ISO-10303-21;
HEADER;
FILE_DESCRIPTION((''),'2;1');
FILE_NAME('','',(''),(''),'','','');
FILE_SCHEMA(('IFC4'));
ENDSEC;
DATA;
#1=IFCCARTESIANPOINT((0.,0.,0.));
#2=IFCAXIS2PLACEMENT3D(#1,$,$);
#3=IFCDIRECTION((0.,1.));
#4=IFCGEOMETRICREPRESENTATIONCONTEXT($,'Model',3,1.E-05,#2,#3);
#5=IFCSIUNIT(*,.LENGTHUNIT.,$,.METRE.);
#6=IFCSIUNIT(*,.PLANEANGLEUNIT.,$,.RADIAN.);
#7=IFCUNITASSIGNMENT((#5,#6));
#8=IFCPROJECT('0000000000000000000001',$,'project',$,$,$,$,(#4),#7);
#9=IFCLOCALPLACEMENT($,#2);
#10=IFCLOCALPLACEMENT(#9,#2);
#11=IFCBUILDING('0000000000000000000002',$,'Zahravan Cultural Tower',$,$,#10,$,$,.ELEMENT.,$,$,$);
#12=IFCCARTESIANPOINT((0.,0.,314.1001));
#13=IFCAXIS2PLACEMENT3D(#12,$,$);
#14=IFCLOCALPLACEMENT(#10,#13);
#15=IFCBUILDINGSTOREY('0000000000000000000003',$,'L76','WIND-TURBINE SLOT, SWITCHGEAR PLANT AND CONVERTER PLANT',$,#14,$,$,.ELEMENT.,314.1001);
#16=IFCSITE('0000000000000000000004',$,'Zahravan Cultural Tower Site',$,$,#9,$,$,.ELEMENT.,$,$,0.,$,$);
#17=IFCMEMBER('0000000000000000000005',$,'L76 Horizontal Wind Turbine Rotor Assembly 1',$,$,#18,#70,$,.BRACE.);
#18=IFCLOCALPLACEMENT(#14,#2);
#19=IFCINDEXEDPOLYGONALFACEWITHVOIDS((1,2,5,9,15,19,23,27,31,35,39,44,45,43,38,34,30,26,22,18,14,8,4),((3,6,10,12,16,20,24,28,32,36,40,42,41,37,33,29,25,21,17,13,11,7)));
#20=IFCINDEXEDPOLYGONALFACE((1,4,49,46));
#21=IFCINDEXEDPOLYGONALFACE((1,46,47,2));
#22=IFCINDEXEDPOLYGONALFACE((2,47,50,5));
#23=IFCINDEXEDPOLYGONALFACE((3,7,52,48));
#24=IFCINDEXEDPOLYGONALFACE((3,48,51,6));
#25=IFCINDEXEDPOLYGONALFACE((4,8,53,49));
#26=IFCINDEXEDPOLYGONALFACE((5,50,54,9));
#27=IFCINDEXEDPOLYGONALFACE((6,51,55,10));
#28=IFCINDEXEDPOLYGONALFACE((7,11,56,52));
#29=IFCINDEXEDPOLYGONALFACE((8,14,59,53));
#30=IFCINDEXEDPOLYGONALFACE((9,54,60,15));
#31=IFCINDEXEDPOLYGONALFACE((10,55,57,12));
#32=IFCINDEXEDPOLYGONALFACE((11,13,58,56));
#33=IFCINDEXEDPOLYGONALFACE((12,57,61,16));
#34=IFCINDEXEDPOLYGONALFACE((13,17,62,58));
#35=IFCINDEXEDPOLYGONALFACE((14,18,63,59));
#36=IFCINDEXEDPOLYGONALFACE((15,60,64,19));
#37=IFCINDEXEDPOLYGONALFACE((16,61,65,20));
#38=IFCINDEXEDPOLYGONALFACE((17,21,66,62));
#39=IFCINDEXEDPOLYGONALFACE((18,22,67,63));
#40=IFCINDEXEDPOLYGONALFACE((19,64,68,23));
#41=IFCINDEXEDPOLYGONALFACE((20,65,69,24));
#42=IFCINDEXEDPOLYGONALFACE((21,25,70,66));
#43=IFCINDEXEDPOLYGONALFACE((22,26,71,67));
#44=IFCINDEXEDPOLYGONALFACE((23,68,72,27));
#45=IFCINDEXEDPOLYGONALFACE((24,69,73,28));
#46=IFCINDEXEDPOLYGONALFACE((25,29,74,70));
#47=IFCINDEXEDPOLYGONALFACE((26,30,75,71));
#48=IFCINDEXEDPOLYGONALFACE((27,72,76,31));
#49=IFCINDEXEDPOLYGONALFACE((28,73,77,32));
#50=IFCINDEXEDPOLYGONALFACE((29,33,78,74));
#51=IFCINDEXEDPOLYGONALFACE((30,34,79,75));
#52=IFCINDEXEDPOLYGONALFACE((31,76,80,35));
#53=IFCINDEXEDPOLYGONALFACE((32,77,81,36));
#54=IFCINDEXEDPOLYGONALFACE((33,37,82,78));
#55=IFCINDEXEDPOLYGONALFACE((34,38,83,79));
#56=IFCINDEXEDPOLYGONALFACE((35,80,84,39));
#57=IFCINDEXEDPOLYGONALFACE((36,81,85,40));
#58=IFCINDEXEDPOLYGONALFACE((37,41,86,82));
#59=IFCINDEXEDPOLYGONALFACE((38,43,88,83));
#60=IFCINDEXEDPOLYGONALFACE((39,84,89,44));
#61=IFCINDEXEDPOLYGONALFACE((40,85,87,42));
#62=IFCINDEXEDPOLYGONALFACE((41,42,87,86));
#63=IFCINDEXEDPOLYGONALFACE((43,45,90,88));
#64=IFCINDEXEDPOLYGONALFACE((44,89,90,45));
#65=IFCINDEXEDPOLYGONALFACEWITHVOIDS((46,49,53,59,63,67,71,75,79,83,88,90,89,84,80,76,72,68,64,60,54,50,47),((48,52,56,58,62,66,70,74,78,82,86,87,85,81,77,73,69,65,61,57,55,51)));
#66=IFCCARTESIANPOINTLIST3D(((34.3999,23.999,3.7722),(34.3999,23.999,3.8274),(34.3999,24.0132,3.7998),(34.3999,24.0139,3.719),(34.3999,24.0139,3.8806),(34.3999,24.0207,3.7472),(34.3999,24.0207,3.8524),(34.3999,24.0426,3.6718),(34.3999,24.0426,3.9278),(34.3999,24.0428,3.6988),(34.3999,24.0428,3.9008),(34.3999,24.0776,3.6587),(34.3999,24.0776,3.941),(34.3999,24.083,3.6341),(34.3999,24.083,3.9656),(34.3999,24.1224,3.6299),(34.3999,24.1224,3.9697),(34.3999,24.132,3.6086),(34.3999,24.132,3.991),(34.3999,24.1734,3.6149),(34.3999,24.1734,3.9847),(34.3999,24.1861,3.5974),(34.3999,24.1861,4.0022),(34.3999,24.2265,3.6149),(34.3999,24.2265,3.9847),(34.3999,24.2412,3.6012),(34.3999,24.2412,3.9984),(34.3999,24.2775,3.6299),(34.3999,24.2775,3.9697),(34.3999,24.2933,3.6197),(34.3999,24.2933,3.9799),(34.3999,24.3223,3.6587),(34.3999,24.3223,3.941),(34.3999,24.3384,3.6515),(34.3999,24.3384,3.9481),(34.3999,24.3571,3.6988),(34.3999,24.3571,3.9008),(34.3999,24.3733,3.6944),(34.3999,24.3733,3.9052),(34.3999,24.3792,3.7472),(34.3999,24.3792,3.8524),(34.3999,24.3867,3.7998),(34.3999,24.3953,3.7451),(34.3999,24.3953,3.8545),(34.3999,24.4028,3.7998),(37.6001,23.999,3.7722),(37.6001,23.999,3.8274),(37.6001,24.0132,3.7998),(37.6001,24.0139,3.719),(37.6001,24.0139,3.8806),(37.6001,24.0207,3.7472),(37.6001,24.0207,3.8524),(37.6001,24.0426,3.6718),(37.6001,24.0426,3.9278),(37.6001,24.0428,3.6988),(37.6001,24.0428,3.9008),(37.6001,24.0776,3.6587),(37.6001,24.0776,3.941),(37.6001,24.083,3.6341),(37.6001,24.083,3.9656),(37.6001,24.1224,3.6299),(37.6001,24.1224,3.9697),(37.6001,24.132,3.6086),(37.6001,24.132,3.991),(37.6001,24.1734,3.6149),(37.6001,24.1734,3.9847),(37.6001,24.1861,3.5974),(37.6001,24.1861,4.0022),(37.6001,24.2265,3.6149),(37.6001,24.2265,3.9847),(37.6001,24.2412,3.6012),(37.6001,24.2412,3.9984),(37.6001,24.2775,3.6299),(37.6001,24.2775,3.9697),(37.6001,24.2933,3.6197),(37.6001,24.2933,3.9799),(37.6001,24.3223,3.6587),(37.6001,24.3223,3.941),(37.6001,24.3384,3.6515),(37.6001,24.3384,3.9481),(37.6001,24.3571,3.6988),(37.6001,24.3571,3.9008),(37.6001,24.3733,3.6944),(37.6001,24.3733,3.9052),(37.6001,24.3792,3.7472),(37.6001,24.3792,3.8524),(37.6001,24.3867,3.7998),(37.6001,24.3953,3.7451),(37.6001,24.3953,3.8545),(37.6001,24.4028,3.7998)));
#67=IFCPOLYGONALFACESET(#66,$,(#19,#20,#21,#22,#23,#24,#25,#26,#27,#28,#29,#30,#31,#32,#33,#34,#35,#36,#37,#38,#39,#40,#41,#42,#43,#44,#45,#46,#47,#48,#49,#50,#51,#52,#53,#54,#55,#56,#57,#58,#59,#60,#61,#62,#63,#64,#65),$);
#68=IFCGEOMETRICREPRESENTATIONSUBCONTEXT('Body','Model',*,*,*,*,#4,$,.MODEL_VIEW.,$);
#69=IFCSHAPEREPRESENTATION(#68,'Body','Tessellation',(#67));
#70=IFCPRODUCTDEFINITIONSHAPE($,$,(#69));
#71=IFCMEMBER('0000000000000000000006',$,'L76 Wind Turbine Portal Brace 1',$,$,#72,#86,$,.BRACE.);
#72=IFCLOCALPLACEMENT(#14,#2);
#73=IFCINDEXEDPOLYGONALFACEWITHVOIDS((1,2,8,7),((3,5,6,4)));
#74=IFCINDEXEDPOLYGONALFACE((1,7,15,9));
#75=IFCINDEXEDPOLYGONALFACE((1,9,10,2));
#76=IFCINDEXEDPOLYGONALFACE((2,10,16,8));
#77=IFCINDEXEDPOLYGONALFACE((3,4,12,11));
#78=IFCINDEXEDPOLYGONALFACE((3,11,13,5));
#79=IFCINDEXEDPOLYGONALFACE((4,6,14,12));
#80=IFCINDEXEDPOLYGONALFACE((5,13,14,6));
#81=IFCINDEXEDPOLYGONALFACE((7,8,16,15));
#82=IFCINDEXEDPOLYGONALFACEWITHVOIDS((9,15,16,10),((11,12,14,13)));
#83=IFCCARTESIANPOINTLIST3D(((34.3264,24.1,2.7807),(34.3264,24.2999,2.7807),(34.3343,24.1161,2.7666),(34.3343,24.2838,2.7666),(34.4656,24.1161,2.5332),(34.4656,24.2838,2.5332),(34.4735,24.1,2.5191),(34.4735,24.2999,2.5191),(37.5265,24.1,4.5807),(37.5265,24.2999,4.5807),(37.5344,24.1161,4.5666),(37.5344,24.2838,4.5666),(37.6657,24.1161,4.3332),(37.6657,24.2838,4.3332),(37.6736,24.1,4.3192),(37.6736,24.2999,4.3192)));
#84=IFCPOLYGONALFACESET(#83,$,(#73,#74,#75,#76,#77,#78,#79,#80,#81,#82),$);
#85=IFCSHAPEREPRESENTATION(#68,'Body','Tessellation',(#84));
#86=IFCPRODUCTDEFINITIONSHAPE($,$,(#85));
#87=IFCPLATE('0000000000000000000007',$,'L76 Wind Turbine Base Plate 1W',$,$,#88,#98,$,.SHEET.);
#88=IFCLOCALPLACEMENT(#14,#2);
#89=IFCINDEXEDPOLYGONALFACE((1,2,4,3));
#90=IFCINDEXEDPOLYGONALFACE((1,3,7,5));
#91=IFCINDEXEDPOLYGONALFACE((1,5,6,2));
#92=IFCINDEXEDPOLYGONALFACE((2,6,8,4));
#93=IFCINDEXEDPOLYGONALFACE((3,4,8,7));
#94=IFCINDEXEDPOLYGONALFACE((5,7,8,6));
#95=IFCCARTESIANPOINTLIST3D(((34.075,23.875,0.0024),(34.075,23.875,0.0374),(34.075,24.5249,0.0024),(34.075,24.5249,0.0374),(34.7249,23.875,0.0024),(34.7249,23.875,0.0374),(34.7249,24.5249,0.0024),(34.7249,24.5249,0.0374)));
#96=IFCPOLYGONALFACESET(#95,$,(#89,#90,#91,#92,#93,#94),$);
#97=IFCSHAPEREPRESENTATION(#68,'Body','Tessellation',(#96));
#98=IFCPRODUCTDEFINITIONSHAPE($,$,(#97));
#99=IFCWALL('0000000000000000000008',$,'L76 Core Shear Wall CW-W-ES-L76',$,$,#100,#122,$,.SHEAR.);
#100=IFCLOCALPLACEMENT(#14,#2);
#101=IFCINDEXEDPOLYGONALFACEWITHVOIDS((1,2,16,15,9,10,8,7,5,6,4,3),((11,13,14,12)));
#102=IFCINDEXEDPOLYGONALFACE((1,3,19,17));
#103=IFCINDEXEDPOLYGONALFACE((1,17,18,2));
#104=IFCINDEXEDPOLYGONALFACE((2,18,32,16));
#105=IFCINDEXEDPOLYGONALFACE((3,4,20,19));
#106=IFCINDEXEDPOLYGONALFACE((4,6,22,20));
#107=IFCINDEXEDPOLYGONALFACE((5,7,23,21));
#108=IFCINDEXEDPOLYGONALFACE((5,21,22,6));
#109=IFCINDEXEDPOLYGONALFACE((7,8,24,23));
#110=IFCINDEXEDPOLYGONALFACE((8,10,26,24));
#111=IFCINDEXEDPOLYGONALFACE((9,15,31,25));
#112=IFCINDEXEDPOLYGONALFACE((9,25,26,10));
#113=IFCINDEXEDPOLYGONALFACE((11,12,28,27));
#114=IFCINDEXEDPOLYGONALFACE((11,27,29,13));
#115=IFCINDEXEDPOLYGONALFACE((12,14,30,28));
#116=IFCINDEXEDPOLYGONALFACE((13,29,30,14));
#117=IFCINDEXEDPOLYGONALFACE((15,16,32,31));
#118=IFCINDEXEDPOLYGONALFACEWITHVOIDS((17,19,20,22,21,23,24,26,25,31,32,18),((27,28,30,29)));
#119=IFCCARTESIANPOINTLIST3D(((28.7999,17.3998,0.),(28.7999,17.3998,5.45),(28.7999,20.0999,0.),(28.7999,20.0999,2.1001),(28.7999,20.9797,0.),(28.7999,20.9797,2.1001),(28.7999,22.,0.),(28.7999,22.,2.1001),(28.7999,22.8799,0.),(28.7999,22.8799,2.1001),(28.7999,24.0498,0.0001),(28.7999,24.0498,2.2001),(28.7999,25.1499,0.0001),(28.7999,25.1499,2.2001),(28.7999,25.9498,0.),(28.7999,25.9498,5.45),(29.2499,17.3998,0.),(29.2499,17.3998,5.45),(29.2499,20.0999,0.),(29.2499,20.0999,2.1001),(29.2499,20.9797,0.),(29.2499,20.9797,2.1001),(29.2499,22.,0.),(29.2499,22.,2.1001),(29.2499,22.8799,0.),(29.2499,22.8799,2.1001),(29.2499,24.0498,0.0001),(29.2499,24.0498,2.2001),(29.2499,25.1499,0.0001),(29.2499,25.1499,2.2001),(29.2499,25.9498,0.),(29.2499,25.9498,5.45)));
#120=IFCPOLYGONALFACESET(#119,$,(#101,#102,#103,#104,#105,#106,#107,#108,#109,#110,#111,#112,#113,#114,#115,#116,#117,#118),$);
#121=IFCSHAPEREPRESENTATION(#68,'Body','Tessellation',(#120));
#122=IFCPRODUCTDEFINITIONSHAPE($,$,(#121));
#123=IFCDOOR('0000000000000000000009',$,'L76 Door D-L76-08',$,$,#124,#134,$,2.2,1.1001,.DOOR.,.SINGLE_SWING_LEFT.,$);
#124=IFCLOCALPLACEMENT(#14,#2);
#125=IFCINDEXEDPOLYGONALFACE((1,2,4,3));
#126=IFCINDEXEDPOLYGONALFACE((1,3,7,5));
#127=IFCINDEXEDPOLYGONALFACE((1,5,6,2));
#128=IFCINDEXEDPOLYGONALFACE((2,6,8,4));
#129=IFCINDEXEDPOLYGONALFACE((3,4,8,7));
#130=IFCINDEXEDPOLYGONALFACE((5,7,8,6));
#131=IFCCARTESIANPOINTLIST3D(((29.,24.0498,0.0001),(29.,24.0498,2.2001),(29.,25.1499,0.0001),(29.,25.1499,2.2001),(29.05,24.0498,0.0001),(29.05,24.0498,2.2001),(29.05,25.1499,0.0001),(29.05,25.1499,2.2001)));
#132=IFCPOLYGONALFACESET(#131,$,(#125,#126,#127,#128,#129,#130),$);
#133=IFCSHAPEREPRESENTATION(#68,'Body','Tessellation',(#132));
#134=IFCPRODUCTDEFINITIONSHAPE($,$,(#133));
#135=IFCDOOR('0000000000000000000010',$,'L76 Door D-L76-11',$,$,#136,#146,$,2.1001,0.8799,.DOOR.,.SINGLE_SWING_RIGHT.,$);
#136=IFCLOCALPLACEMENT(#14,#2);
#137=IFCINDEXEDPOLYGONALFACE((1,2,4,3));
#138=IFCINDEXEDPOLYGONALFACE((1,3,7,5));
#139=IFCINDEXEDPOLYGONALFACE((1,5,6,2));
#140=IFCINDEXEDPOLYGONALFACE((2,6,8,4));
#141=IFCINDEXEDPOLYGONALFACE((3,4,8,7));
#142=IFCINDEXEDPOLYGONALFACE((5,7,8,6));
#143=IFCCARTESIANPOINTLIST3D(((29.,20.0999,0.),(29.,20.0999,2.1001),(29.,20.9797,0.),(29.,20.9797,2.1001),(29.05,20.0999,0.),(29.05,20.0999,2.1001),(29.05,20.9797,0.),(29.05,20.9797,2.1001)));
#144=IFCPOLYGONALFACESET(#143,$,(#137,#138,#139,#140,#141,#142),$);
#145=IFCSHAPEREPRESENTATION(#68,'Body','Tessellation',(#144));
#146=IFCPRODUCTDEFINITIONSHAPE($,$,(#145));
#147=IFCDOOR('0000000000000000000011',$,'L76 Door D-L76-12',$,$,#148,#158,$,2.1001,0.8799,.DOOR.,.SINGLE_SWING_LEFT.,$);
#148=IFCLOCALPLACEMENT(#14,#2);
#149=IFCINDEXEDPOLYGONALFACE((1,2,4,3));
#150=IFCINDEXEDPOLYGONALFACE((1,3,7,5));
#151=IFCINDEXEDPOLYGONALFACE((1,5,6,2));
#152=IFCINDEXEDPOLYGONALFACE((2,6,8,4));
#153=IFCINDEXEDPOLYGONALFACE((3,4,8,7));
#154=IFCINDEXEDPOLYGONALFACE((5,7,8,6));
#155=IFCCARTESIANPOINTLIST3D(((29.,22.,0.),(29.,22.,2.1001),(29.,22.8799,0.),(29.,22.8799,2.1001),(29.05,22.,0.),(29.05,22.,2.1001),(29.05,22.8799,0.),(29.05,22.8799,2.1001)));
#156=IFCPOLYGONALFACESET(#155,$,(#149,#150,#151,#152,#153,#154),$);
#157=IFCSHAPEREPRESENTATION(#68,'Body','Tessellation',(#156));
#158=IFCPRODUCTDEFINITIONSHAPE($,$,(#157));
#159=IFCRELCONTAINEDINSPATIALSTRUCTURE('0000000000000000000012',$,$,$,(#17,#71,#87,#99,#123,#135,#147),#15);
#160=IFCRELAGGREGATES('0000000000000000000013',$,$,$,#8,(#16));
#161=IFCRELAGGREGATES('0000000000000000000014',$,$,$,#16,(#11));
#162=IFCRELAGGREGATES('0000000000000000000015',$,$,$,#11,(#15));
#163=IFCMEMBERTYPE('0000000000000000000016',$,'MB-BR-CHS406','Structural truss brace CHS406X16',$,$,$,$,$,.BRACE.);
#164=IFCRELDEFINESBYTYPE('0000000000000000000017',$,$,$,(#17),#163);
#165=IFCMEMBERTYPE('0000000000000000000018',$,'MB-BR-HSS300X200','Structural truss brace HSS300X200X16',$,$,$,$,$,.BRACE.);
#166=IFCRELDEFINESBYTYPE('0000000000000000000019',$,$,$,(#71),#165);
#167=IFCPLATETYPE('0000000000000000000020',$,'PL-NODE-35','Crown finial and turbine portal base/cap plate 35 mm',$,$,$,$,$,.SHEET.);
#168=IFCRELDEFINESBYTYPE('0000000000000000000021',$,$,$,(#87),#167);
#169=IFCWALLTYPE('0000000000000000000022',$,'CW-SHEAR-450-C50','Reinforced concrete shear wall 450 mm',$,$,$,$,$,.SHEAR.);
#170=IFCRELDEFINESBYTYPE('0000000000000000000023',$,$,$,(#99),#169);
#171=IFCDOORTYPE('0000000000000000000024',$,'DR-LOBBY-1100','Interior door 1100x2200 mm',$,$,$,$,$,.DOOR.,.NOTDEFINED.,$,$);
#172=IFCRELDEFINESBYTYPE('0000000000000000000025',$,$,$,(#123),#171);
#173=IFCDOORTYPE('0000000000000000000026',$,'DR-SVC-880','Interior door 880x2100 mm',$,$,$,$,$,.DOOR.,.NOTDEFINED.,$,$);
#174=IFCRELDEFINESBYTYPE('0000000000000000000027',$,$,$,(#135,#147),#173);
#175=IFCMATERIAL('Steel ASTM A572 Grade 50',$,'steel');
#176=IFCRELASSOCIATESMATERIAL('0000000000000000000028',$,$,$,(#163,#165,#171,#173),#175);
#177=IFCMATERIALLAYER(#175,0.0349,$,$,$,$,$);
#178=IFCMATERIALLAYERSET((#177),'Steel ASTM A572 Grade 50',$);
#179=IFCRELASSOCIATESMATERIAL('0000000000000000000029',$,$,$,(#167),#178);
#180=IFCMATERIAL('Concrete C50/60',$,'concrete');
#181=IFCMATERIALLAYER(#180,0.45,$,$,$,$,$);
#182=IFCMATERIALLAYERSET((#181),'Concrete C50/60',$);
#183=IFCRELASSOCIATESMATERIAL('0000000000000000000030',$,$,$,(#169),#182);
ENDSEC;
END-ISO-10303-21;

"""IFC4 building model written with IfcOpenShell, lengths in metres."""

from ifc_helpers import new_model, si_unit, direction, frame, frame_2d, origin, origin_2d, place, context, subcontext, project, spatial, rectangle, hollow_rectangle, hollow_circle, extrude, source, transform, mapped, material, layer, layer_set, material_profile, profile_set, type_object, element, fill, save


model = new_model("IFC4")

# Units and contexts
model_context = context("Model", 3, precision=1e-05, world=origin(), true_north=direction((0.0, 1.0)))
body_context = subcontext(model_context, "Body", "Model", "MODEL_VIEW")
ifc_project = project(units=[si_unit("LENGTHUNIT", "METRE"), si_unit("PLANEANGLEUNIT", "RADIAN")], contexts=[model_context])

# Site, building, storey
site_placement = place(None, origin())
site = spatial("IfcSite", under=ifc_project, at=site_placement, Name="Zahravan Cultural Tower Site", CompositionType="ELEMENT", RefElevation=0.0)
building_placement = place(site_placement, origin())
building = spatial("IfcBuilding", under=site, at=building_placement, Name="Zahravan Cultural Tower", CompositionType="ELEMENT")
storey_placement = place(building_placement, frame((0.0, 0.0, 314.1001)))
storey = spatial("IfcBuildingStorey", under=building, at=storey_placement, Name="L76", Description="WIND-TURBINE SLOT, SWITCHGEAR PLANT AND CONVERTER PLANT", CompositionType="ELEMENT", Elevation=314.1001)

# Shared definitions
ifc_material_1 = material(Name="Concrete C50/60", Category="concrete")

# Shared definitions
ifc_material_2 = material(Name="Steel ASTM A572 Grade 50", Category="steel")

# Members
ifc_material_profile_1 = material_profile(ifc_material_2, hollow_circle(Radius=0.2029, WallThickness=0.0161, at=origin_2d()), Name="CHS406X16")
ifc_profile_set_1 = profile_set([ifc_material_profile_1], Name="Steel ASTM A572 Grade 50")
member_type_1 = type_object("IfcMemberType", Name="MB-BR-CHS406", Description="Structural truss brace CHS406X16", PredefinedType="BRACE", material=ifc_profile_set_1)
shared_shape_1 = source(origin(), body_context, "Body", "SweptSolid", [
    extrude(hollow_circle(Radius=0.2029, WallThickness=0.0161, at=origin_2d()), origin(), (0.0, 0.0, 1.0), 3.2002),
])
member_1_placement = place(storey_placement, frame((34.3999, 24.2, 3.7998), z_axis=(1.0, 0.0, 0.0), x_axis=(0.0, 1.0, 0.0)))
element("IfcMember", 1, at=member_1_placement, inside=storey, type_object=member_type_1, Name="L76 Horizontal Wind Turbine Rotor Assembly 1", PredefinedType="BRACE", context=body_context, shape_type="MappedRepresentation", body=[
    mapped(shared_shape_1, transform((0.0, 0.0, 0.0), x_axis=(1.0, 0.0, 0.0), y_axis=(0.0, 1.0, 0.0), z_axis=(0.0, 0.0, 1.0), scale=1.0)),
])
ifc_material_profile_2 = material_profile(ifc_material_2, hollow_rectangle(XDim=0.2, YDim=0.3, WallThickness=0.0161, at=origin_2d()), Name="HSS300X200X16")
ifc_profile_set_2 = profile_set([ifc_material_profile_2], Name="Steel ASTM A572 Grade 50")
member_type_2 = type_object("IfcMemberType", Name="MB-BR-HSS300X200", Description="Structural truss brace HSS300X200X16", PredefinedType="BRACE", material=ifc_profile_set_2)
shared_shape_2 = source(origin(), body_context, "Body", "SweptSolid", [
    extrude(hollow_rectangle(XDim=0.2, YDim=0.3, WallThickness=0.0161, at=origin_2d()), origin(), (0.0, 0.0, 1.0), 3.6716),
])
member_2_placement = place(storey_placement, frame((34.3999, 24.2, 2.6499), z_axis=(0.871583, 0.0, 0.490249), x_axis=(0.0, 1.0, 0.0)))
element("IfcMember", 2, at=member_2_placement, inside=storey, type_object=member_type_2, Name="L76 Wind Turbine Portal Brace 1", PredefinedType="BRACE", context=body_context, shape_type="MappedRepresentation", body=[
    mapped(shared_shape_2, transform((0.0, 0.0, 0.0), x_axis=(1.0, 0.0, 0.0), y_axis=(0.0, 1.0, 0.0), z_axis=(0.0, 0.0, 1.0), scale=1.0)),
])

# Plate
ifc_layer_1 = layer(ifc_material_2, 0.0349)
ifc_layer_set_1 = layer_set([ifc_layer_1], Name="Steel ASTM A572 Grade 50")
plate_type = type_object("IfcPlateType", Name="PL-NODE-35", Description="Crown finial and turbine portal base/cap plate 35 mm", PredefinedType="SHEET", material=ifc_layer_set_1)
shared_shape_3 = source(origin(), body_context, "Body", "SweptSolid", [
    extrude(rectangle(XDim=0.6499, YDim=0.6499, at=origin_2d()), origin(), (0.0, 0.0, 1.0), 0.0349),
])
plate_placement = place(storey_placement, frame((34.3999, 24.2, 0.0024), z_axis=(0.0, 0.0, 1.0), x_axis=(1.0, 0.0, 0.0)))
element("IfcPlate", 3, at=plate_placement, inside=storey, type_object=plate_type, Name="L76 Wind Turbine Base Plate 1W", PredefinedType="SHEET", context=body_context, shape_type="MappedRepresentation", body=[
    mapped(shared_shape_3, transform((0.0, 0.0, 0.0), x_axis=(1.0, 0.0, 0.0), y_axis=(0.0, 1.0, 0.0), z_axis=(0.0, 0.0, 1.0), scale=1.0)),
])

# Wall, openings, doors
ifc_layer_2 = layer(ifc_material_1, 0.45)
ifc_layer_set_2 = layer_set([ifc_layer_2], Name="Concrete C50/60")
wall_type_1 = type_object("IfcWallType", Name="CW-SHEAR-450-C50", Description="Reinforced concrete shear wall 450 mm", PredefinedType="SHEAR", material=ifc_layer_set_2)
wall_1_placement = place(storey_placement, frame((29.0249, 17.3999, 0.0), z_axis=(0.0, 0.0, 1.0), x_axis=(0.0, 1.0, 0.0)))
wall_1 = element("IfcWall", 4, at=wall_1_placement, inside=storey, type_object=wall_type_1, Name="L76 Core Shear Wall CW-W-ES-L76", PredefinedType="SHEAR", context=body_context, shape_type="SweptSolid", body=[
    extrude(rectangle(XDim=8.55, YDim=0.45, at=frame_2d((4.2749, 0.0))), origin(), (0.0, 0.0, 1.0), 5.45),
])
opening_1_placement = place(wall_1_placement, frame((6.6499, 0.0, 0.0)))
opening_1 = element("IfcOpeningElement", 5, at=opening_1_placement, cuts=wall_1, PredefinedType="OPENING", context=body_context, shape_type="SweptSolid", body=[
    extrude(rectangle(XDim=1.1001, YDim=2.2, at=frame_2d((0.55, 1.1001))), frame((0.0, 0.2349, 0.0), z_axis=(0.0, -1.0, 0.0), x_axis=(1.0, 0.0, 0.0)), (0.0, 0.0, 1.0), 0.47),
])
opening_2_placement = place(wall_1_placement, frame((2.7, 0.0, 0.0)))
opening_2 = element("IfcOpeningElement", 6, at=opening_2_placement, cuts=wall_1, PredefinedType="OPENING", context=body_context, shape_type="SweptSolid", body=[
    extrude(rectangle(XDim=0.8799, YDim=2.1001, at=frame_2d((0.4399, 1.05))), frame((0.0, 0.2349, 0.0), z_axis=(0.0, -1.0, 0.0), x_axis=(1.0, 0.0, 0.0)), (0.0, 0.0, 1.0), 0.47),
])
opening_3_placement = place(wall_1_placement, frame((4.6001, 0.0, 0.0)))
opening_3 = element("IfcOpeningElement", 7, at=opening_3_placement, cuts=wall_1, PredefinedType="OPENING", context=body_context, shape_type="SweptSolid", body=[
    extrude(rectangle(XDim=0.8799, YDim=2.1001, at=frame_2d((0.4399, 1.05))), frame((0.0, 0.2349, 0.0), z_axis=(0.0, -1.0, 0.0), x_axis=(1.0, 0.0, 0.0)), (0.0, 0.0, 1.0), 0.47),
])
door_type_1 = type_object("IfcDoorType", Name="DR-LOBBY-1100", Description="Interior door 1100x2200 mm", OperationType="NOTDEFINED", PredefinedType="DOOR", material=ifc_material_2)
shared_shape_4 = source(origin(), body_context, "Body", "SweptSolid", [
    extrude(rectangle(XDim=1.1001, YDim=2.2, at=frame_2d((0.55, 1.1001))), frame((0.0, 0.0249, 0.0), z_axis=(0.0, -1.0, 0.0), x_axis=(1.0, 0.0, 0.0)), (0.0, 0.0, 1.0), 0.05),
])
door_1_placement = place(opening_1_placement, origin())
door_1 = element("IfcDoor", 8, at=door_1_placement, inside=storey, type_object=door_type_1, Name="L76 Door D-L76-08", OperationType="SINGLE_SWING_LEFT", OverallHeight=2.2, OverallWidth=1.1001, PredefinedType="DOOR", context=body_context, shape_type="MappedRepresentation", body=[
    mapped(shared_shape_4, transform((0.0, 0.0, 0.0), x_axis=(1.0, 0.0, 0.0), y_axis=(0.0, 1.0, 0.0), z_axis=(0.0, 0.0, 1.0), scale=1.0)),
])
fill(opening_1, door_1)
door_type_2 = type_object("IfcDoorType", Name="DR-SVC-880", Description="Interior door 880x2100 mm", OperationType="NOTDEFINED", PredefinedType="DOOR", material=ifc_material_2)
shared_shape_5 = source(origin(), body_context, "Body", "SweptSolid", [
    extrude(rectangle(XDim=0.8799, YDim=2.1001, at=frame_2d((0.4399, 1.05))), frame((0.0, 0.0249, 0.0), z_axis=(0.0, -1.0, 0.0), x_axis=(1.0, 0.0, 0.0)), (0.0, 0.0, 1.0), 0.05),
])
door_2_placement = place(opening_2_placement, origin())
door_2 = element("IfcDoor", 9, at=door_2_placement, inside=storey, type_object=door_type_2, Name="L76 Door D-L76-11", OperationType="SINGLE_SWING_RIGHT", OverallHeight=2.1001, OverallWidth=0.8799, PredefinedType="DOOR", context=body_context, shape_type="MappedRepresentation", body=[
    mapped(shared_shape_5, transform((0.0, 0.0, 0.0), x_axis=(1.0, 0.0, 0.0), y_axis=(0.0, 1.0, 0.0), z_axis=(0.0, 0.0, 1.0), scale=1.0)),
])
fill(opening_2, door_2)
door_3_placement = place(opening_3_placement, origin())
door_3 = element("IfcDoor", 10, at=door_3_placement, inside=storey, type_object=door_type_2, Name="L76 Door D-L76-12", OperationType="SINGLE_SWING_LEFT", OverallHeight=2.1001, OverallWidth=0.8799, PredefinedType="DOOR", context=body_context, shape_type="MappedRepresentation", body=[
    mapped(shared_shape_5, transform((0.0, 0.0, 0.0), x_axis=(1.0, 0.0, 0.0), y_axis=(0.0, 1.0, 0.0), z_axis=(0.0, 0.0, 1.0), scale=1.0)),
])
fill(opening_3, door_3)

save(model, "model.ifc")
